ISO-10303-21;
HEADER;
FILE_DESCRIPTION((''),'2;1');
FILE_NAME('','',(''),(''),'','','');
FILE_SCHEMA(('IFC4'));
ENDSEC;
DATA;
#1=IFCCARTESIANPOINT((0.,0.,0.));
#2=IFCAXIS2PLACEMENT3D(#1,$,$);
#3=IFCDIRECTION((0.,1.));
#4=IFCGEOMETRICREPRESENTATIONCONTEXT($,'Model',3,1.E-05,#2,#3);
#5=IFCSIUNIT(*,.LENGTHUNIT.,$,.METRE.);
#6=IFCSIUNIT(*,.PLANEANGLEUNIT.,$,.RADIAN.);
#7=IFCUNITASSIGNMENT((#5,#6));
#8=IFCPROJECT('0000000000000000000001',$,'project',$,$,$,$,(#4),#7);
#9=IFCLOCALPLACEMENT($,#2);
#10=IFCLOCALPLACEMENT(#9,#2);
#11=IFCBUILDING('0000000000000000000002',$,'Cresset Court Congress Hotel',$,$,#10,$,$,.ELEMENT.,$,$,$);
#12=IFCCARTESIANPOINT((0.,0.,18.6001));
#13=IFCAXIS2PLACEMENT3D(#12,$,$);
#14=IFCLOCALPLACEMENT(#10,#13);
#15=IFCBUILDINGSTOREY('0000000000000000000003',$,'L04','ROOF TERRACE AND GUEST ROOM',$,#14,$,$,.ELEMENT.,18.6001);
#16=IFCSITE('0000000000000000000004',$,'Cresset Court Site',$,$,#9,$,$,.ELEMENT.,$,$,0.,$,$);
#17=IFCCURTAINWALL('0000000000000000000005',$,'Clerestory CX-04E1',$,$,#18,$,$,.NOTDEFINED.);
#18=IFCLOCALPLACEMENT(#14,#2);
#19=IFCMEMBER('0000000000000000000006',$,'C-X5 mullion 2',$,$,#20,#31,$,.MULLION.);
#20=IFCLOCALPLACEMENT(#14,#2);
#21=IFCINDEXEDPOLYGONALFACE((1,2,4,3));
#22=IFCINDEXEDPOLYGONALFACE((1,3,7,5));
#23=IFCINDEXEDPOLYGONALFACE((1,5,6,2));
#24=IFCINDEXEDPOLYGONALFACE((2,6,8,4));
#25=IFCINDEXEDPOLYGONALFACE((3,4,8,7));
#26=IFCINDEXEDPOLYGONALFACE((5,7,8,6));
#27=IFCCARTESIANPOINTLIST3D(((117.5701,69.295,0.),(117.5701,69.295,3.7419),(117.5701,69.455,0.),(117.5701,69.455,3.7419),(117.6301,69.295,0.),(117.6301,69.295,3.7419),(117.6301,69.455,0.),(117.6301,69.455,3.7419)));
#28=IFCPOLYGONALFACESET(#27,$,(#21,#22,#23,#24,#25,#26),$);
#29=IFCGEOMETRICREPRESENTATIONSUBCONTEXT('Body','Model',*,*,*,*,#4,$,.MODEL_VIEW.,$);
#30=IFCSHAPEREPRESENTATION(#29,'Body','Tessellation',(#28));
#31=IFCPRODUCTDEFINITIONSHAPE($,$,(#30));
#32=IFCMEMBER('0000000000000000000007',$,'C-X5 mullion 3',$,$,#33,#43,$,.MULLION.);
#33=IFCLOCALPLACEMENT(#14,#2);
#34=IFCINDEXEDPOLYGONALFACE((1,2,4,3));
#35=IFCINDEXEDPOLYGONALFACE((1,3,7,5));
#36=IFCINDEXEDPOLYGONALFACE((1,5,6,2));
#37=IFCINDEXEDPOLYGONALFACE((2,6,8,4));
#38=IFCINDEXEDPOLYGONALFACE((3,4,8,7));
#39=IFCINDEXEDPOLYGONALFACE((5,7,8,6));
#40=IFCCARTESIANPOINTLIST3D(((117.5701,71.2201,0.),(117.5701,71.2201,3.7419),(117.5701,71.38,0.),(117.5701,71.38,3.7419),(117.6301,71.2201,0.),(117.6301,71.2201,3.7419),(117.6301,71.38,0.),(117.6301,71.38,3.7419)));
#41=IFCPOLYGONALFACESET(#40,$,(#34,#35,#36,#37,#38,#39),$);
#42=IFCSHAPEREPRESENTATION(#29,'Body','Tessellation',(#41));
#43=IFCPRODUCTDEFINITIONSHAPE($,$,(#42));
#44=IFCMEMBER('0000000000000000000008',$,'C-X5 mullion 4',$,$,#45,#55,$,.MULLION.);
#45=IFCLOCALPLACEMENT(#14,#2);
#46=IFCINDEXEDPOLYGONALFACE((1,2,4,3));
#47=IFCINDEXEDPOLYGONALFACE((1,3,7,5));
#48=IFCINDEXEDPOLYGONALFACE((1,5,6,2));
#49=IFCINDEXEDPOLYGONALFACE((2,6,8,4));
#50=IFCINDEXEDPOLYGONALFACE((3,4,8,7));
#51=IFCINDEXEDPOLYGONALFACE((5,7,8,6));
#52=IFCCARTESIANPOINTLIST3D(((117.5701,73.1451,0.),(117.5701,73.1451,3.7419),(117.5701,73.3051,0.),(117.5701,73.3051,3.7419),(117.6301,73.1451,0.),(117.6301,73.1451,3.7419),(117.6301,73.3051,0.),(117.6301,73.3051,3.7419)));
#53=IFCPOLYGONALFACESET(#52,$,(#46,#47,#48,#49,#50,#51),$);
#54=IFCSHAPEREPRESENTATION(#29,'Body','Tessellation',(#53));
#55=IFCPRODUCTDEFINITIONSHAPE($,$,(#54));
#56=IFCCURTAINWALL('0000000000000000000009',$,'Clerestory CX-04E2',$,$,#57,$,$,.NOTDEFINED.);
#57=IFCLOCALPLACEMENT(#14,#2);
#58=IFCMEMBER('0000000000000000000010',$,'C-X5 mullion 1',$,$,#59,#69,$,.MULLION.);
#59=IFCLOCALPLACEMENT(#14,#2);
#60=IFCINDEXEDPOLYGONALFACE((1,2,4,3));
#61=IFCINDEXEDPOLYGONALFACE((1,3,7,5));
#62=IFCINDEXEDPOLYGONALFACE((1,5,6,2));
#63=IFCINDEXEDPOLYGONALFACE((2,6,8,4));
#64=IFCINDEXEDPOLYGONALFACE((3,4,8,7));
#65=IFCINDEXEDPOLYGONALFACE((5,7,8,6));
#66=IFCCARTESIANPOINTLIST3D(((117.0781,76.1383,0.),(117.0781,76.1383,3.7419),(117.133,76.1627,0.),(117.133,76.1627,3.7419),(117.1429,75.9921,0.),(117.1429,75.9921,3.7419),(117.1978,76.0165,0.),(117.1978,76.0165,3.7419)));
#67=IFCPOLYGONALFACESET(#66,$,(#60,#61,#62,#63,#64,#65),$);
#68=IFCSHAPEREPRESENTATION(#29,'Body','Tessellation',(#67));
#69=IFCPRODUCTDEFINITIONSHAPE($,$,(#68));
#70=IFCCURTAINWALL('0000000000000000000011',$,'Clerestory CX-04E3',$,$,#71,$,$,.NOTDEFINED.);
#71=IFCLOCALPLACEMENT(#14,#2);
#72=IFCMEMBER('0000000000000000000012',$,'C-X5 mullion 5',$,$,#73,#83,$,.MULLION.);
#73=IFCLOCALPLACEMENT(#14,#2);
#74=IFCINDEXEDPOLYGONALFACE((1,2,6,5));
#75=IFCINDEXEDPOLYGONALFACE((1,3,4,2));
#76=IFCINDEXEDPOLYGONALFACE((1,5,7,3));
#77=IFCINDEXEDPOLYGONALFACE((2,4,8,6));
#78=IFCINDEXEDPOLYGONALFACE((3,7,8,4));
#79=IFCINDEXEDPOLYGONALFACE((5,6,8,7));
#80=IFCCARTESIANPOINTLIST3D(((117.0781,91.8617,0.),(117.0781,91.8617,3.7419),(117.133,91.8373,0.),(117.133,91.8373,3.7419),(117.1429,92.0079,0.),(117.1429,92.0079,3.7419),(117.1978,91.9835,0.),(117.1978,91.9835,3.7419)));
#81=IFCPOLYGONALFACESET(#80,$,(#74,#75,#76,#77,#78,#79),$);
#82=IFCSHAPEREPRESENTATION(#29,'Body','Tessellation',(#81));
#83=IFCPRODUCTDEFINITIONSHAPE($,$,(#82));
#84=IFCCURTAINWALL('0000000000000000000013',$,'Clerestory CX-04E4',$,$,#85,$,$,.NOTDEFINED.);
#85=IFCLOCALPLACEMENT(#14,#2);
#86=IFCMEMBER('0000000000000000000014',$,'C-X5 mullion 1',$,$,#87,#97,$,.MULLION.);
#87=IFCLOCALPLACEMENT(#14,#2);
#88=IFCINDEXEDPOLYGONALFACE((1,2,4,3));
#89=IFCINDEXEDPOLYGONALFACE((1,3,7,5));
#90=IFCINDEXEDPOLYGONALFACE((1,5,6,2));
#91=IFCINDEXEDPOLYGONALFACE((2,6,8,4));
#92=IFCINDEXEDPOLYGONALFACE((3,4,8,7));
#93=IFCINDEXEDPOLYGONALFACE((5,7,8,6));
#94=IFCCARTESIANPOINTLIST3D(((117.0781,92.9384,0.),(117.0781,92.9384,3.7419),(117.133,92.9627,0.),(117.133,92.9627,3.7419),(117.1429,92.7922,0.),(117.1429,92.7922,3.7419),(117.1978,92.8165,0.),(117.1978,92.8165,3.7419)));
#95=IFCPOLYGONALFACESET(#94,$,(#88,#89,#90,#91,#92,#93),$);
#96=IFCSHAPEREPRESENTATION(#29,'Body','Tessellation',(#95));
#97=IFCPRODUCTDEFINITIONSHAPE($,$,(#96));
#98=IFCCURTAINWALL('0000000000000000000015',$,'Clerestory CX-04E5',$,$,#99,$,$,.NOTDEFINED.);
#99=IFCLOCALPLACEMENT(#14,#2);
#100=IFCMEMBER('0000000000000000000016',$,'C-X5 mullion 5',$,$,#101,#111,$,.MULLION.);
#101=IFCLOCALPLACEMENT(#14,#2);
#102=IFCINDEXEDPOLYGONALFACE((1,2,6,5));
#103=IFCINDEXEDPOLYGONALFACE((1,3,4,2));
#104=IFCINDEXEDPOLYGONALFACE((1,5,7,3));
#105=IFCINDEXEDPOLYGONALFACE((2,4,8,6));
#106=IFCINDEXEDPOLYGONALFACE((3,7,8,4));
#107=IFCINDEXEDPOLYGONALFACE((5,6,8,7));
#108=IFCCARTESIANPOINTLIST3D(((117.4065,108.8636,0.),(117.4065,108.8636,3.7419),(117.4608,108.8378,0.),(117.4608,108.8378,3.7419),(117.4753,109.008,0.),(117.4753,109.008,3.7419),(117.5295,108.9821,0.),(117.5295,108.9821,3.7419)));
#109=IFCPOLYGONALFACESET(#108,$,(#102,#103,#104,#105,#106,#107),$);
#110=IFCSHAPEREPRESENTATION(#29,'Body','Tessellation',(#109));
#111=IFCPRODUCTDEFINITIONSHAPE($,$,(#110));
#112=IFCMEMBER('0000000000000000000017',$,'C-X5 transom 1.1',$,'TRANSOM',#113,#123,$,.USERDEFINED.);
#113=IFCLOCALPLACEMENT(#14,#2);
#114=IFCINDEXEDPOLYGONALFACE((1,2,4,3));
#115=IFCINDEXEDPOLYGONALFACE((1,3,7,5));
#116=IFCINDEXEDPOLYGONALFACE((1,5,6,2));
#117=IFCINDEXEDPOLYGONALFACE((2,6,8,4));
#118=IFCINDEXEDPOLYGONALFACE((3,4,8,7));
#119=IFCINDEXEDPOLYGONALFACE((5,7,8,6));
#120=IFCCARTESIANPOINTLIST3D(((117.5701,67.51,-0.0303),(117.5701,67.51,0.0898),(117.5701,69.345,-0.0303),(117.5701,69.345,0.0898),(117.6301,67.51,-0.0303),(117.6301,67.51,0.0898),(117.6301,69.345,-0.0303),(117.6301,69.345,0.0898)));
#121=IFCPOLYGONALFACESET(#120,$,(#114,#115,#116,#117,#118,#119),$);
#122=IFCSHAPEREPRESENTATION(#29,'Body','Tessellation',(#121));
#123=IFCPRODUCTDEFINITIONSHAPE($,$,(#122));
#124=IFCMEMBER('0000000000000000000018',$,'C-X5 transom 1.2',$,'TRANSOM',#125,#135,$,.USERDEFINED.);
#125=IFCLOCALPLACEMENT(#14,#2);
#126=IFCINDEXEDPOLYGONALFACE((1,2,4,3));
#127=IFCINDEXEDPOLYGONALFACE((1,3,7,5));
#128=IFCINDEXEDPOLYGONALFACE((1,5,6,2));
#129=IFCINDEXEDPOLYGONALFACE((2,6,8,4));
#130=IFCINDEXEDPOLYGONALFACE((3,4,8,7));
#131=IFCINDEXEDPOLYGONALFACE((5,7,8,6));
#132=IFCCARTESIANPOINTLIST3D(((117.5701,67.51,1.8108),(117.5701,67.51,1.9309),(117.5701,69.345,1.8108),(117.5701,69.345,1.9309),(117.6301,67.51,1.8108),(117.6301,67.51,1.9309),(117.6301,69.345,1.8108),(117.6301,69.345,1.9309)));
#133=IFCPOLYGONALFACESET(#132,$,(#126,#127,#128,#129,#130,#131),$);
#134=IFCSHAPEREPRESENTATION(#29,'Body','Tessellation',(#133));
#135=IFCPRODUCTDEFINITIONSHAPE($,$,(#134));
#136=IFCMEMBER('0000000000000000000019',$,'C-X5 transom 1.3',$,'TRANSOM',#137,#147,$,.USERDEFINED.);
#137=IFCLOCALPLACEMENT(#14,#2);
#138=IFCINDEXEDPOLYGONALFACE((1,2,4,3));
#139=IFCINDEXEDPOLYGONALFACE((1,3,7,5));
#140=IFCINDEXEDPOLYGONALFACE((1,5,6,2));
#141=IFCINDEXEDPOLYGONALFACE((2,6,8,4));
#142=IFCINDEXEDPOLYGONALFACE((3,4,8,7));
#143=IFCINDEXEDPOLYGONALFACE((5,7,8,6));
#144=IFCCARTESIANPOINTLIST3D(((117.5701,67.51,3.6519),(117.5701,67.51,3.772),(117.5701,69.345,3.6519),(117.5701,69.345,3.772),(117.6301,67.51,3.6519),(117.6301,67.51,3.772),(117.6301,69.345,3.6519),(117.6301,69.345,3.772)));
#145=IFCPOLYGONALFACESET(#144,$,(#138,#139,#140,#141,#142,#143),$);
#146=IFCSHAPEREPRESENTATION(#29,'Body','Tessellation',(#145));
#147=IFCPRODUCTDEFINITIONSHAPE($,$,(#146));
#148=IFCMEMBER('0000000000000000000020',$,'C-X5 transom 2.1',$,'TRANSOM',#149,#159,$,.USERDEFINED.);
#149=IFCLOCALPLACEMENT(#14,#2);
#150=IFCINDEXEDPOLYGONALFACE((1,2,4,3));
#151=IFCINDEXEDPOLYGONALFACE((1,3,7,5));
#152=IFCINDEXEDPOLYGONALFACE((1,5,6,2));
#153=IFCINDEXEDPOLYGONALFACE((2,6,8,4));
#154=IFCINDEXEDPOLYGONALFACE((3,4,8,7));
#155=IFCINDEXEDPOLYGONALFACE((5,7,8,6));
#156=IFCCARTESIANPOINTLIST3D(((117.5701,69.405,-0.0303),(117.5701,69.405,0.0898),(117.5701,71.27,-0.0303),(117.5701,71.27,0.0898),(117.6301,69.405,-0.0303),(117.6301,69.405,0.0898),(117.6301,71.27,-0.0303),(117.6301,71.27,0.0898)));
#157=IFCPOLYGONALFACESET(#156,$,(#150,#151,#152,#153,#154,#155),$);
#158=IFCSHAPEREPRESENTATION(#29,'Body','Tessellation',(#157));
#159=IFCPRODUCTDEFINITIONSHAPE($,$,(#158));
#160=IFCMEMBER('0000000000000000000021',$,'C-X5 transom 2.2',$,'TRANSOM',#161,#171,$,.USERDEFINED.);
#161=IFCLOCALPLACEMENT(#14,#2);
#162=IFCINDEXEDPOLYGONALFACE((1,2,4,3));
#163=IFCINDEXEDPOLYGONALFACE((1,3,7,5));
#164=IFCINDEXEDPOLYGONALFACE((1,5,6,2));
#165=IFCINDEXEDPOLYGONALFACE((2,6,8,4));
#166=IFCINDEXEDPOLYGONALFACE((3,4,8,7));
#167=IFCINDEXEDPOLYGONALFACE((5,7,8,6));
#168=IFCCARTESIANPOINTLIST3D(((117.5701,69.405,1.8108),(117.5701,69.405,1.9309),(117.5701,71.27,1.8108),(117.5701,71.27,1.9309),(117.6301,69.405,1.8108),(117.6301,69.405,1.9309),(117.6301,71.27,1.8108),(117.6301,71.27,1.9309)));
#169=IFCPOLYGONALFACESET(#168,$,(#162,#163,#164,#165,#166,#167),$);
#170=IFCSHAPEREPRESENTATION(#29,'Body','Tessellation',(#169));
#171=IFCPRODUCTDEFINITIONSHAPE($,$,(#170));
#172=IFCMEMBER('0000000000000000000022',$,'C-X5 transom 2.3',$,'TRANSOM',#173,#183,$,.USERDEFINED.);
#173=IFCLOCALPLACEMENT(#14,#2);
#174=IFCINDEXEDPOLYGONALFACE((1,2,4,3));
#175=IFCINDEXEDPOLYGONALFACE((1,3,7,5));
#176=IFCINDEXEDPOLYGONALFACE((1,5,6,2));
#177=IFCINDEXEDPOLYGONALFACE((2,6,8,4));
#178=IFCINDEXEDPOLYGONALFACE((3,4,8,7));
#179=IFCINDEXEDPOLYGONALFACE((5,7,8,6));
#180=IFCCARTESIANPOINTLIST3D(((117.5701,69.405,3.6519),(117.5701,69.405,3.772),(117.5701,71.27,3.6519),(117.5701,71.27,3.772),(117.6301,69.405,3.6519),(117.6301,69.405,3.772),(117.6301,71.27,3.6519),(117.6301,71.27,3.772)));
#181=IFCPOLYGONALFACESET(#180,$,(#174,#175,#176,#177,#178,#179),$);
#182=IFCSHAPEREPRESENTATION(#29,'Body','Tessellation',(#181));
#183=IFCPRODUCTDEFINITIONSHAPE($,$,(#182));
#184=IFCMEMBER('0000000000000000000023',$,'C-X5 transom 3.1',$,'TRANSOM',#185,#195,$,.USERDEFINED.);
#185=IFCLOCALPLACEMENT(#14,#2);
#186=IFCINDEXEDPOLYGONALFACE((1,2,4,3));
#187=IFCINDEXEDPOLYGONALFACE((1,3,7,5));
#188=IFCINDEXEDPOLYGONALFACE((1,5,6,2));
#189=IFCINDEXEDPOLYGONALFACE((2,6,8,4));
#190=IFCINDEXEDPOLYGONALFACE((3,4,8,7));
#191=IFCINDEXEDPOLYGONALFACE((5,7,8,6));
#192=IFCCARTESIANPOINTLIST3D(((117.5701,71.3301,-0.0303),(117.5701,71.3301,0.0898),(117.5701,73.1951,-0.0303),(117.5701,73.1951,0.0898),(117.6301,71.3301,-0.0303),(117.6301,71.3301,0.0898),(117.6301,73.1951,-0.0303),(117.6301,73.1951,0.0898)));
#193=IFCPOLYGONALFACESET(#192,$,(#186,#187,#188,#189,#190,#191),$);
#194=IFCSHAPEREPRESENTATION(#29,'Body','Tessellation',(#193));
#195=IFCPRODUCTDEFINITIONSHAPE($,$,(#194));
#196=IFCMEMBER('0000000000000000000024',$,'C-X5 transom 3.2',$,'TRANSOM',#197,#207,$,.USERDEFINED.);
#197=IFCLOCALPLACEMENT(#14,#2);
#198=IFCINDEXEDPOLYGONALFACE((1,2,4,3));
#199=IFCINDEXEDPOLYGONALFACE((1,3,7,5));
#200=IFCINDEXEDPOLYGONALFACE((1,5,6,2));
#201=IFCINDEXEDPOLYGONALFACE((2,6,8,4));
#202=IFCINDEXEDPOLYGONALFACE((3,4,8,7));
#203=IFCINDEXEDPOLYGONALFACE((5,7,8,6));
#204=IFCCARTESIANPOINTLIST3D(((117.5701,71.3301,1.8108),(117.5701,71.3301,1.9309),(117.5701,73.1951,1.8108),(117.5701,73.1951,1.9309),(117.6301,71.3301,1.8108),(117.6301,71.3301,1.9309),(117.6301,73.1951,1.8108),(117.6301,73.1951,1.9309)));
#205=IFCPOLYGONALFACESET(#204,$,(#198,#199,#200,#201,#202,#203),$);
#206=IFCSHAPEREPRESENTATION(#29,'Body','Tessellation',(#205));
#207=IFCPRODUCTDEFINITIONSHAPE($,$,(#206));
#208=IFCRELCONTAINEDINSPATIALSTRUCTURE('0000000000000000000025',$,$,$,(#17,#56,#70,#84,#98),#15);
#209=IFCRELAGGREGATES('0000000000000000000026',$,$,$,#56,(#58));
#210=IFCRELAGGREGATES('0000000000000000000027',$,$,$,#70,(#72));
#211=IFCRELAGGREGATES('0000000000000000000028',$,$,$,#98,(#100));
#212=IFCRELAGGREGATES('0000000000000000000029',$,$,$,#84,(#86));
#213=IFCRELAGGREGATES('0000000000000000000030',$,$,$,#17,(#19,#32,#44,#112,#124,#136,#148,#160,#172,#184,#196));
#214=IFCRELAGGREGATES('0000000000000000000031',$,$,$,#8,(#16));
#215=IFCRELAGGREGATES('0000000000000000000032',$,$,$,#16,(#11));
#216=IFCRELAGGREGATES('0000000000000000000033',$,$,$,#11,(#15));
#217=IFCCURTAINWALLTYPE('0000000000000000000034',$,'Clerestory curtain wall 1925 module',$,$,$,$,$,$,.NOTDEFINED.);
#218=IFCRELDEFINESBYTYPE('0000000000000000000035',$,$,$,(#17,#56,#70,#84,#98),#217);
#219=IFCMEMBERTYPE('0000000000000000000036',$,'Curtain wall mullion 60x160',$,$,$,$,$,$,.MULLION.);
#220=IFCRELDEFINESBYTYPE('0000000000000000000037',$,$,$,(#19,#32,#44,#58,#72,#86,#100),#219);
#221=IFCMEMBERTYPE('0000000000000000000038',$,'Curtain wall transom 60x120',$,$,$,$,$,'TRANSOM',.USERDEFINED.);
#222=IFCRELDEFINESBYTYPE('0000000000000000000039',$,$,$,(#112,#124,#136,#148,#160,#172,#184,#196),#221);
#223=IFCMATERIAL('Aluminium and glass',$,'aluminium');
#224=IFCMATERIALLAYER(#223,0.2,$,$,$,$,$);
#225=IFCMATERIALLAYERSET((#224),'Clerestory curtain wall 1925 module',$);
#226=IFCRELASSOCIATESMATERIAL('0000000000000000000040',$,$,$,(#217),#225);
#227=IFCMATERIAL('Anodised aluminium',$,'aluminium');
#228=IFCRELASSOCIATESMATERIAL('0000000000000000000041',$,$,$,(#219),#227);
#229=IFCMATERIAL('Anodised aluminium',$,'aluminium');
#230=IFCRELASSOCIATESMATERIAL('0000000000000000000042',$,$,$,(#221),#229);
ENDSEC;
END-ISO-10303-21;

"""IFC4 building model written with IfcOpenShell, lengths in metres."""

from ifc_helpers import new_model, si_unit, direction, frame, origin, origin_2d, place, context, subcontext, project, spatial, rectangle, extrude, material, layer, layer_set, material_profile, profile_set, type_object, element, aggregate, save


model = new_model("IFC4")

# Units and contexts
model_context = context("Model", 3, precision=1e-05, world=origin(), true_north=direction((0.0, 1.0)))
body_context = subcontext(model_context, "Body", "Model", "MODEL_VIEW")
ifc_project = project(units=[si_unit("LENGTHUNIT", "METRE"), si_unit("PLANEANGLEUNIT", "RADIAN")], contexts=[model_context])

# Site, building, storey
site_placement = place(None, origin())
site = spatial("IfcSite", under=ifc_project, at=site_placement, Name="Cresset Court Site", CompositionType="ELEMENT", RefElevation=0.0)
building_placement = place(site_placement, origin())
building = spatial("IfcBuilding", under=site, at=building_placement, Name="Cresset Court Congress Hotel", CompositionType="ELEMENT")
storey_placement = place(building_placement, frame((0.0, 0.0, 18.6001)))
storey = spatial("IfcBuildingStorey", under=building, at=storey_placement, Name="L04", Description="ROOF TERRACE AND GUEST ROOM", CompositionType="ELEMENT", Elevation=18.6001)

# Curtain wall, members
ifc_material_1 = material(Name="Aluminium and glass", Category="aluminium")
ifc_layer_1 = layer(ifc_material_1, 0.2)
ifc_layer_set_1 = layer_set([ifc_layer_1], Name="Clerestory curtain wall 1925 module")
curtain_wall_type = type_object("IfcCurtainWallType", Name="Clerestory curtain wall 1925 module", PredefinedType="NOTDEFINED", material=ifc_layer_set_1)
curtain_wall_1_placement = place(storey_placement, origin())
curtain_wall_1 = element("IfcCurtainWall", 1, at=curtain_wall_1_placement, inside=storey, type_object=curtain_wall_type, Name="Clerestory CX-04E1", PredefinedType="NOTDEFINED")
ifc_material_2 = material(Name="Anodised aluminium", Category="aluminium")
ifc_material_profile_1 = material_profile(ifc_material_2, rectangle(XDim=0.0601, YDim=0.1599, at=origin_2d()), Name="AL60x160")
ifc_profile_set_1 = profile_set([ifc_material_profile_1], Name="Anodised aluminium")
member_type_1 = type_object("IfcMemberType", Name="Curtain wall mullion 60x160", PredefinedType="MULLION", material=ifc_profile_set_1)
member_1_placement = place(storey_placement, frame((117.6001, 69.375, 0.0), z_axis=(0.0, 0.0, 1.0), x_axis=(-1.0, 0.0, 0.0)))
member_1 = element("IfcMember", 2, at=member_1_placement, type_object=member_type_1, Name="C-X5 mullion 2", PredefinedType="MULLION", context=body_context, shape_type="SweptSolid", body=[
    extrude(rectangle(XDim=0.0601, YDim=0.1599, at=origin_2d()), origin(), (0.0, 0.0, 1.0), 3.7419),
])
member_2_placement = place(storey_placement, frame((117.6001, 71.3, 0.0), z_axis=(0.0, 0.0, 1.0), x_axis=(-1.0, 0.0, 0.0)))
member_2 = element("IfcMember", 3, at=member_2_placement, type_object=member_type_1, Name="C-X5 mullion 3", PredefinedType="MULLION", context=body_context, shape_type="SweptSolid", body=[
    extrude(rectangle(XDim=0.0601, YDim=0.1599, at=origin_2d()), origin(), (0.0, 0.0, 1.0), 3.7419),
])
member_3_placement = place(storey_placement, frame((117.6001, 73.2251, 0.0), z_axis=(0.0, 0.0, 1.0), x_axis=(-1.0, 0.0, 0.0)))
member_3 = element("IfcMember", 4, at=member_3_placement, type_object=member_type_1, Name="C-X5 mullion 4", PredefinedType="MULLION", context=body_context, shape_type="SweptSolid", body=[
    extrude(rectangle(XDim=0.0601, YDim=0.1599, at=origin_2d()), origin(), (0.0, 0.0, 1.0), 3.7419),
])

# Curtain walls, members
curtain_wall_2_placement = place(storey_placement, origin())
curtain_wall_2 = element("IfcCurtainWall", 5, at=curtain_wall_2_placement, inside=storey, type_object=curtain_wall_type, Name="Clerestory CX-04E2", PredefinedType="NOTDEFINED")
member_4_placement = place(storey_placement, frame((117.1379, 76.0774, 0.0), z_axis=(0.0, 0.0, 1.0), x_axis=(-0.914148, -0.405381, 0.0)))
member_4 = element("IfcMember", 6, at=member_4_placement, type_object=member_type_1, Name="C-X5 mullion 1", PredefinedType="MULLION", context=body_context, shape_type="SweptSolid", body=[
    extrude(rectangle(XDim=0.0601, YDim=0.1599, at=origin_2d()), origin(), (0.0, 0.0, 1.0), 3.7419),
])
aggregate(curtain_wall_2, [member_4])
curtain_wall_3_placement = place(storey_placement, origin())
curtain_wall_3 = element("IfcCurtainWall", 7, at=curtain_wall_3_placement, inside=storey, type_object=curtain_wall_type, Name="Clerestory CX-04E3", PredefinedType="NOTDEFINED")
member_5_placement = place(storey_placement, frame((117.1379, 91.9226, 0.0), z_axis=(0.0, 0.0, 1.0), x_axis=(-0.914148, 0.405381, 0.0)))
member_5 = element("IfcMember", 8, at=member_5_placement, type_object=member_type_1, Name="C-X5 mullion 5", PredefinedType="MULLION", context=body_context, shape_type="SweptSolid", body=[
    extrude(rectangle(XDim=0.0601, YDim=0.1599, at=origin_2d()), origin(), (0.0, 0.0, 1.0), 3.7419),
])
aggregate(curtain_wall_3, [member_5])
curtain_wall_4_placement = place(storey_placement, origin())
curtain_wall_4 = element("IfcCurtainWall", 9, at=curtain_wall_4_placement, inside=storey, type_object=curtain_wall_type, Name="Clerestory CX-04E4", PredefinedType="NOTDEFINED")
member_6_placement = place(storey_placement, frame((117.1379, 92.8774, 0.0), z_axis=(0.0, 0.0, 1.0), x_axis=(-0.914148, -0.405381, 0.0)))
member_6 = element("IfcMember", 10, at=member_6_placement, type_object=member_type_1, Name="C-X5 mullion 1", PredefinedType="MULLION", context=body_context, shape_type="SweptSolid", body=[
    extrude(rectangle(XDim=0.0601, YDim=0.1599, at=origin_2d()), origin(), (0.0, 0.0, 1.0), 3.7419),
])
curtain_wall_5_placement = place(storey_placement, origin())
curtain_wall_5 = element("IfcCurtainWall", 11, at=curtain_wall_5_placement, inside=storey, type_object=curtain_wall_type, Name="Clerestory CX-04E5", PredefinedType="NOTDEFINED")
member_7_placement = place(storey_placement, frame((117.468, 108.9229, 0.0), z_axis=(0.0, 0.0, 1.0), x_axis=(-0.902861, 0.429934, 0.0)))
member_7 = element("IfcMember", 12, at=member_7_placement, type_object=member_type_1, Name="C-X5 mullion 5", PredefinedType="MULLION", context=body_context, shape_type="SweptSolid", body=[
    extrude(rectangle(XDim=0.0601, YDim=0.1599, at=origin_2d()), origin(), (0.0, 0.0, 1.0), 3.7419),
])
aggregate(curtain_wall_5, [member_7])

# Members
ifc_material_3 = material(Name="Anodised aluminium", Category="aluminium")
ifc_material_profile_2 = material_profile(ifc_material_3, rectangle(XDim=0.0601, YDim=0.1201, at=origin_2d()), Name="AL60x120")
ifc_profile_set_2 = profile_set([ifc_material_profile_2], Name="Anodised aluminium")
member_type_2 = type_object("IfcMemberType", Name="Curtain wall transom 60x120", ElementType="TRANSOM", PredefinedType="USERDEFINED", material=ifc_profile_set_2)
member_8_placement = place(storey_placement, frame((117.6001, 67.51, 0.0298), z_axis=(0.0, 1.0, 0.0), x_axis=(-1.0, 0.0, 0.0)))
member_8 = element("IfcMember", 13, at=member_8_placement, type_object=member_type_2, Name="C-X5 transom 1.1", ObjectType="TRANSOM", PredefinedType="USERDEFINED", context=body_context, shape_type="SweptSolid", body=[
    extrude(rectangle(XDim=0.0601, YDim=0.1201, at=origin_2d()), origin(), (0.0, 0.0, 1.0), 1.835),
])
member_9_placement = place(storey_placement, frame((117.6001, 67.51, 1.8708), z_axis=(0.0, 1.0, 0.0), x_axis=(-1.0, 0.0, 0.0)))
member_9 = element("IfcMember", 14, at=member_9_placement, type_object=member_type_2, Name="C-X5 transom 1.2", ObjectType="TRANSOM", PredefinedType="USERDEFINED", context=body_context, shape_type="SweptSolid", body=[
    extrude(rectangle(XDim=0.0601, YDim=0.1201, at=origin_2d()), origin(), (0.0, 0.0, 1.0), 1.835),
])
member_10_placement = place(storey_placement, frame((117.6001, 67.51, 3.7119), z_axis=(0.0, 1.0, 0.0), x_axis=(-1.0, 0.0, 0.0)))
member_10 = element("IfcMember", 15, at=member_10_placement, type_object=member_type_2, Name="C-X5 transom 1.3", ObjectType="TRANSOM", PredefinedType="USERDEFINED", context=body_context, shape_type="SweptSolid", body=[
    extrude(rectangle(XDim=0.0601, YDim=0.1201, at=origin_2d()), origin(), (0.0, 0.0, 1.0), 1.835),
])
member_11_placement = place(storey_placement, frame((117.6001, 69.405, 0.0298), z_axis=(0.0, 1.0, 0.0), x_axis=(-1.0, 0.0, 0.0)))
member_11 = element("IfcMember", 16, at=member_11_placement, type_object=member_type_2, Name="C-X5 transom 2.1", ObjectType="TRANSOM", PredefinedType="USERDEFINED", context=body_context, shape_type="SweptSolid", body=[
    extrude(rectangle(XDim=0.0601, YDim=0.1201, at=origin_2d()), origin(), (0.0, 0.0, 1.0), 1.865),
])
member_12_placement = place(storey_placement, frame((117.6001, 69.405, 1.8708), z_axis=(0.0, 1.0, 0.0), x_axis=(-1.0, 0.0, 0.0)))
member_12 = element("IfcMember", 17, at=member_12_placement, type_object=member_type_2, Name="C-X5 transom 2.2", ObjectType="TRANSOM", PredefinedType="USERDEFINED", context=body_context, shape_type="SweptSolid", body=[
    extrude(rectangle(XDim=0.0601, YDim=0.1201, at=origin_2d()), origin(), (0.0, 0.0, 1.0), 1.865),
])
member_13_placement = place(storey_placement, frame((117.6001, 69.405, 3.7119), z_axis=(0.0, 1.0, 0.0), x_axis=(-1.0, 0.0, 0.0)))
member_13 = element("IfcMember", 18, at=member_13_placement, type_object=member_type_2, Name="C-X5 transom 2.3", ObjectType="TRANSOM", PredefinedType="USERDEFINED", context=body_context, shape_type="SweptSolid", body=[
    extrude(rectangle(XDim=0.0601, YDim=0.1201, at=origin_2d()), origin(), (0.0, 0.0, 1.0), 1.865),
])
member_14_placement = place(storey_placement, frame((117.6001, 71.3301, 0.0298), z_axis=(0.0, 1.0, 0.0), x_axis=(-1.0, 0.0, 0.0)))
member_14 = element("IfcMember", 19, at=member_14_placement, type_object=member_type_2, Name="C-X5 transom 3.1", ObjectType="TRANSOM", PredefinedType="USERDEFINED", context=body_context, shape_type="SweptSolid", body=[
    extrude(rectangle(XDim=0.0601, YDim=0.1201, at=origin_2d()), origin(), (0.0, 0.0, 1.0), 1.865),
])
member_15_placement = place(storey_placement, frame((117.6001, 71.3301, 1.8708), z_axis=(0.0, 1.0, 0.0), x_axis=(-1.0, 0.0, 0.0)))
member_15 = element("IfcMember", 20, at=member_15_placement, type_object=member_type_2, Name="C-X5 transom 3.2", ObjectType="TRANSOM", PredefinedType="USERDEFINED", context=body_context, shape_type="SweptSolid", body=[
    extrude(rectangle(XDim=0.0601, YDim=0.1201, at=origin_2d()), origin(), (0.0, 0.0, 1.0), 1.865),
])
aggregate(curtain_wall_4, [member_6])

aggregate(curtain_wall_1, [member_1, member_2, member_3, member_8, member_9, member_10, member_11, member_12, member_13, member_14, member_15])

save(model, "model.ifc")
